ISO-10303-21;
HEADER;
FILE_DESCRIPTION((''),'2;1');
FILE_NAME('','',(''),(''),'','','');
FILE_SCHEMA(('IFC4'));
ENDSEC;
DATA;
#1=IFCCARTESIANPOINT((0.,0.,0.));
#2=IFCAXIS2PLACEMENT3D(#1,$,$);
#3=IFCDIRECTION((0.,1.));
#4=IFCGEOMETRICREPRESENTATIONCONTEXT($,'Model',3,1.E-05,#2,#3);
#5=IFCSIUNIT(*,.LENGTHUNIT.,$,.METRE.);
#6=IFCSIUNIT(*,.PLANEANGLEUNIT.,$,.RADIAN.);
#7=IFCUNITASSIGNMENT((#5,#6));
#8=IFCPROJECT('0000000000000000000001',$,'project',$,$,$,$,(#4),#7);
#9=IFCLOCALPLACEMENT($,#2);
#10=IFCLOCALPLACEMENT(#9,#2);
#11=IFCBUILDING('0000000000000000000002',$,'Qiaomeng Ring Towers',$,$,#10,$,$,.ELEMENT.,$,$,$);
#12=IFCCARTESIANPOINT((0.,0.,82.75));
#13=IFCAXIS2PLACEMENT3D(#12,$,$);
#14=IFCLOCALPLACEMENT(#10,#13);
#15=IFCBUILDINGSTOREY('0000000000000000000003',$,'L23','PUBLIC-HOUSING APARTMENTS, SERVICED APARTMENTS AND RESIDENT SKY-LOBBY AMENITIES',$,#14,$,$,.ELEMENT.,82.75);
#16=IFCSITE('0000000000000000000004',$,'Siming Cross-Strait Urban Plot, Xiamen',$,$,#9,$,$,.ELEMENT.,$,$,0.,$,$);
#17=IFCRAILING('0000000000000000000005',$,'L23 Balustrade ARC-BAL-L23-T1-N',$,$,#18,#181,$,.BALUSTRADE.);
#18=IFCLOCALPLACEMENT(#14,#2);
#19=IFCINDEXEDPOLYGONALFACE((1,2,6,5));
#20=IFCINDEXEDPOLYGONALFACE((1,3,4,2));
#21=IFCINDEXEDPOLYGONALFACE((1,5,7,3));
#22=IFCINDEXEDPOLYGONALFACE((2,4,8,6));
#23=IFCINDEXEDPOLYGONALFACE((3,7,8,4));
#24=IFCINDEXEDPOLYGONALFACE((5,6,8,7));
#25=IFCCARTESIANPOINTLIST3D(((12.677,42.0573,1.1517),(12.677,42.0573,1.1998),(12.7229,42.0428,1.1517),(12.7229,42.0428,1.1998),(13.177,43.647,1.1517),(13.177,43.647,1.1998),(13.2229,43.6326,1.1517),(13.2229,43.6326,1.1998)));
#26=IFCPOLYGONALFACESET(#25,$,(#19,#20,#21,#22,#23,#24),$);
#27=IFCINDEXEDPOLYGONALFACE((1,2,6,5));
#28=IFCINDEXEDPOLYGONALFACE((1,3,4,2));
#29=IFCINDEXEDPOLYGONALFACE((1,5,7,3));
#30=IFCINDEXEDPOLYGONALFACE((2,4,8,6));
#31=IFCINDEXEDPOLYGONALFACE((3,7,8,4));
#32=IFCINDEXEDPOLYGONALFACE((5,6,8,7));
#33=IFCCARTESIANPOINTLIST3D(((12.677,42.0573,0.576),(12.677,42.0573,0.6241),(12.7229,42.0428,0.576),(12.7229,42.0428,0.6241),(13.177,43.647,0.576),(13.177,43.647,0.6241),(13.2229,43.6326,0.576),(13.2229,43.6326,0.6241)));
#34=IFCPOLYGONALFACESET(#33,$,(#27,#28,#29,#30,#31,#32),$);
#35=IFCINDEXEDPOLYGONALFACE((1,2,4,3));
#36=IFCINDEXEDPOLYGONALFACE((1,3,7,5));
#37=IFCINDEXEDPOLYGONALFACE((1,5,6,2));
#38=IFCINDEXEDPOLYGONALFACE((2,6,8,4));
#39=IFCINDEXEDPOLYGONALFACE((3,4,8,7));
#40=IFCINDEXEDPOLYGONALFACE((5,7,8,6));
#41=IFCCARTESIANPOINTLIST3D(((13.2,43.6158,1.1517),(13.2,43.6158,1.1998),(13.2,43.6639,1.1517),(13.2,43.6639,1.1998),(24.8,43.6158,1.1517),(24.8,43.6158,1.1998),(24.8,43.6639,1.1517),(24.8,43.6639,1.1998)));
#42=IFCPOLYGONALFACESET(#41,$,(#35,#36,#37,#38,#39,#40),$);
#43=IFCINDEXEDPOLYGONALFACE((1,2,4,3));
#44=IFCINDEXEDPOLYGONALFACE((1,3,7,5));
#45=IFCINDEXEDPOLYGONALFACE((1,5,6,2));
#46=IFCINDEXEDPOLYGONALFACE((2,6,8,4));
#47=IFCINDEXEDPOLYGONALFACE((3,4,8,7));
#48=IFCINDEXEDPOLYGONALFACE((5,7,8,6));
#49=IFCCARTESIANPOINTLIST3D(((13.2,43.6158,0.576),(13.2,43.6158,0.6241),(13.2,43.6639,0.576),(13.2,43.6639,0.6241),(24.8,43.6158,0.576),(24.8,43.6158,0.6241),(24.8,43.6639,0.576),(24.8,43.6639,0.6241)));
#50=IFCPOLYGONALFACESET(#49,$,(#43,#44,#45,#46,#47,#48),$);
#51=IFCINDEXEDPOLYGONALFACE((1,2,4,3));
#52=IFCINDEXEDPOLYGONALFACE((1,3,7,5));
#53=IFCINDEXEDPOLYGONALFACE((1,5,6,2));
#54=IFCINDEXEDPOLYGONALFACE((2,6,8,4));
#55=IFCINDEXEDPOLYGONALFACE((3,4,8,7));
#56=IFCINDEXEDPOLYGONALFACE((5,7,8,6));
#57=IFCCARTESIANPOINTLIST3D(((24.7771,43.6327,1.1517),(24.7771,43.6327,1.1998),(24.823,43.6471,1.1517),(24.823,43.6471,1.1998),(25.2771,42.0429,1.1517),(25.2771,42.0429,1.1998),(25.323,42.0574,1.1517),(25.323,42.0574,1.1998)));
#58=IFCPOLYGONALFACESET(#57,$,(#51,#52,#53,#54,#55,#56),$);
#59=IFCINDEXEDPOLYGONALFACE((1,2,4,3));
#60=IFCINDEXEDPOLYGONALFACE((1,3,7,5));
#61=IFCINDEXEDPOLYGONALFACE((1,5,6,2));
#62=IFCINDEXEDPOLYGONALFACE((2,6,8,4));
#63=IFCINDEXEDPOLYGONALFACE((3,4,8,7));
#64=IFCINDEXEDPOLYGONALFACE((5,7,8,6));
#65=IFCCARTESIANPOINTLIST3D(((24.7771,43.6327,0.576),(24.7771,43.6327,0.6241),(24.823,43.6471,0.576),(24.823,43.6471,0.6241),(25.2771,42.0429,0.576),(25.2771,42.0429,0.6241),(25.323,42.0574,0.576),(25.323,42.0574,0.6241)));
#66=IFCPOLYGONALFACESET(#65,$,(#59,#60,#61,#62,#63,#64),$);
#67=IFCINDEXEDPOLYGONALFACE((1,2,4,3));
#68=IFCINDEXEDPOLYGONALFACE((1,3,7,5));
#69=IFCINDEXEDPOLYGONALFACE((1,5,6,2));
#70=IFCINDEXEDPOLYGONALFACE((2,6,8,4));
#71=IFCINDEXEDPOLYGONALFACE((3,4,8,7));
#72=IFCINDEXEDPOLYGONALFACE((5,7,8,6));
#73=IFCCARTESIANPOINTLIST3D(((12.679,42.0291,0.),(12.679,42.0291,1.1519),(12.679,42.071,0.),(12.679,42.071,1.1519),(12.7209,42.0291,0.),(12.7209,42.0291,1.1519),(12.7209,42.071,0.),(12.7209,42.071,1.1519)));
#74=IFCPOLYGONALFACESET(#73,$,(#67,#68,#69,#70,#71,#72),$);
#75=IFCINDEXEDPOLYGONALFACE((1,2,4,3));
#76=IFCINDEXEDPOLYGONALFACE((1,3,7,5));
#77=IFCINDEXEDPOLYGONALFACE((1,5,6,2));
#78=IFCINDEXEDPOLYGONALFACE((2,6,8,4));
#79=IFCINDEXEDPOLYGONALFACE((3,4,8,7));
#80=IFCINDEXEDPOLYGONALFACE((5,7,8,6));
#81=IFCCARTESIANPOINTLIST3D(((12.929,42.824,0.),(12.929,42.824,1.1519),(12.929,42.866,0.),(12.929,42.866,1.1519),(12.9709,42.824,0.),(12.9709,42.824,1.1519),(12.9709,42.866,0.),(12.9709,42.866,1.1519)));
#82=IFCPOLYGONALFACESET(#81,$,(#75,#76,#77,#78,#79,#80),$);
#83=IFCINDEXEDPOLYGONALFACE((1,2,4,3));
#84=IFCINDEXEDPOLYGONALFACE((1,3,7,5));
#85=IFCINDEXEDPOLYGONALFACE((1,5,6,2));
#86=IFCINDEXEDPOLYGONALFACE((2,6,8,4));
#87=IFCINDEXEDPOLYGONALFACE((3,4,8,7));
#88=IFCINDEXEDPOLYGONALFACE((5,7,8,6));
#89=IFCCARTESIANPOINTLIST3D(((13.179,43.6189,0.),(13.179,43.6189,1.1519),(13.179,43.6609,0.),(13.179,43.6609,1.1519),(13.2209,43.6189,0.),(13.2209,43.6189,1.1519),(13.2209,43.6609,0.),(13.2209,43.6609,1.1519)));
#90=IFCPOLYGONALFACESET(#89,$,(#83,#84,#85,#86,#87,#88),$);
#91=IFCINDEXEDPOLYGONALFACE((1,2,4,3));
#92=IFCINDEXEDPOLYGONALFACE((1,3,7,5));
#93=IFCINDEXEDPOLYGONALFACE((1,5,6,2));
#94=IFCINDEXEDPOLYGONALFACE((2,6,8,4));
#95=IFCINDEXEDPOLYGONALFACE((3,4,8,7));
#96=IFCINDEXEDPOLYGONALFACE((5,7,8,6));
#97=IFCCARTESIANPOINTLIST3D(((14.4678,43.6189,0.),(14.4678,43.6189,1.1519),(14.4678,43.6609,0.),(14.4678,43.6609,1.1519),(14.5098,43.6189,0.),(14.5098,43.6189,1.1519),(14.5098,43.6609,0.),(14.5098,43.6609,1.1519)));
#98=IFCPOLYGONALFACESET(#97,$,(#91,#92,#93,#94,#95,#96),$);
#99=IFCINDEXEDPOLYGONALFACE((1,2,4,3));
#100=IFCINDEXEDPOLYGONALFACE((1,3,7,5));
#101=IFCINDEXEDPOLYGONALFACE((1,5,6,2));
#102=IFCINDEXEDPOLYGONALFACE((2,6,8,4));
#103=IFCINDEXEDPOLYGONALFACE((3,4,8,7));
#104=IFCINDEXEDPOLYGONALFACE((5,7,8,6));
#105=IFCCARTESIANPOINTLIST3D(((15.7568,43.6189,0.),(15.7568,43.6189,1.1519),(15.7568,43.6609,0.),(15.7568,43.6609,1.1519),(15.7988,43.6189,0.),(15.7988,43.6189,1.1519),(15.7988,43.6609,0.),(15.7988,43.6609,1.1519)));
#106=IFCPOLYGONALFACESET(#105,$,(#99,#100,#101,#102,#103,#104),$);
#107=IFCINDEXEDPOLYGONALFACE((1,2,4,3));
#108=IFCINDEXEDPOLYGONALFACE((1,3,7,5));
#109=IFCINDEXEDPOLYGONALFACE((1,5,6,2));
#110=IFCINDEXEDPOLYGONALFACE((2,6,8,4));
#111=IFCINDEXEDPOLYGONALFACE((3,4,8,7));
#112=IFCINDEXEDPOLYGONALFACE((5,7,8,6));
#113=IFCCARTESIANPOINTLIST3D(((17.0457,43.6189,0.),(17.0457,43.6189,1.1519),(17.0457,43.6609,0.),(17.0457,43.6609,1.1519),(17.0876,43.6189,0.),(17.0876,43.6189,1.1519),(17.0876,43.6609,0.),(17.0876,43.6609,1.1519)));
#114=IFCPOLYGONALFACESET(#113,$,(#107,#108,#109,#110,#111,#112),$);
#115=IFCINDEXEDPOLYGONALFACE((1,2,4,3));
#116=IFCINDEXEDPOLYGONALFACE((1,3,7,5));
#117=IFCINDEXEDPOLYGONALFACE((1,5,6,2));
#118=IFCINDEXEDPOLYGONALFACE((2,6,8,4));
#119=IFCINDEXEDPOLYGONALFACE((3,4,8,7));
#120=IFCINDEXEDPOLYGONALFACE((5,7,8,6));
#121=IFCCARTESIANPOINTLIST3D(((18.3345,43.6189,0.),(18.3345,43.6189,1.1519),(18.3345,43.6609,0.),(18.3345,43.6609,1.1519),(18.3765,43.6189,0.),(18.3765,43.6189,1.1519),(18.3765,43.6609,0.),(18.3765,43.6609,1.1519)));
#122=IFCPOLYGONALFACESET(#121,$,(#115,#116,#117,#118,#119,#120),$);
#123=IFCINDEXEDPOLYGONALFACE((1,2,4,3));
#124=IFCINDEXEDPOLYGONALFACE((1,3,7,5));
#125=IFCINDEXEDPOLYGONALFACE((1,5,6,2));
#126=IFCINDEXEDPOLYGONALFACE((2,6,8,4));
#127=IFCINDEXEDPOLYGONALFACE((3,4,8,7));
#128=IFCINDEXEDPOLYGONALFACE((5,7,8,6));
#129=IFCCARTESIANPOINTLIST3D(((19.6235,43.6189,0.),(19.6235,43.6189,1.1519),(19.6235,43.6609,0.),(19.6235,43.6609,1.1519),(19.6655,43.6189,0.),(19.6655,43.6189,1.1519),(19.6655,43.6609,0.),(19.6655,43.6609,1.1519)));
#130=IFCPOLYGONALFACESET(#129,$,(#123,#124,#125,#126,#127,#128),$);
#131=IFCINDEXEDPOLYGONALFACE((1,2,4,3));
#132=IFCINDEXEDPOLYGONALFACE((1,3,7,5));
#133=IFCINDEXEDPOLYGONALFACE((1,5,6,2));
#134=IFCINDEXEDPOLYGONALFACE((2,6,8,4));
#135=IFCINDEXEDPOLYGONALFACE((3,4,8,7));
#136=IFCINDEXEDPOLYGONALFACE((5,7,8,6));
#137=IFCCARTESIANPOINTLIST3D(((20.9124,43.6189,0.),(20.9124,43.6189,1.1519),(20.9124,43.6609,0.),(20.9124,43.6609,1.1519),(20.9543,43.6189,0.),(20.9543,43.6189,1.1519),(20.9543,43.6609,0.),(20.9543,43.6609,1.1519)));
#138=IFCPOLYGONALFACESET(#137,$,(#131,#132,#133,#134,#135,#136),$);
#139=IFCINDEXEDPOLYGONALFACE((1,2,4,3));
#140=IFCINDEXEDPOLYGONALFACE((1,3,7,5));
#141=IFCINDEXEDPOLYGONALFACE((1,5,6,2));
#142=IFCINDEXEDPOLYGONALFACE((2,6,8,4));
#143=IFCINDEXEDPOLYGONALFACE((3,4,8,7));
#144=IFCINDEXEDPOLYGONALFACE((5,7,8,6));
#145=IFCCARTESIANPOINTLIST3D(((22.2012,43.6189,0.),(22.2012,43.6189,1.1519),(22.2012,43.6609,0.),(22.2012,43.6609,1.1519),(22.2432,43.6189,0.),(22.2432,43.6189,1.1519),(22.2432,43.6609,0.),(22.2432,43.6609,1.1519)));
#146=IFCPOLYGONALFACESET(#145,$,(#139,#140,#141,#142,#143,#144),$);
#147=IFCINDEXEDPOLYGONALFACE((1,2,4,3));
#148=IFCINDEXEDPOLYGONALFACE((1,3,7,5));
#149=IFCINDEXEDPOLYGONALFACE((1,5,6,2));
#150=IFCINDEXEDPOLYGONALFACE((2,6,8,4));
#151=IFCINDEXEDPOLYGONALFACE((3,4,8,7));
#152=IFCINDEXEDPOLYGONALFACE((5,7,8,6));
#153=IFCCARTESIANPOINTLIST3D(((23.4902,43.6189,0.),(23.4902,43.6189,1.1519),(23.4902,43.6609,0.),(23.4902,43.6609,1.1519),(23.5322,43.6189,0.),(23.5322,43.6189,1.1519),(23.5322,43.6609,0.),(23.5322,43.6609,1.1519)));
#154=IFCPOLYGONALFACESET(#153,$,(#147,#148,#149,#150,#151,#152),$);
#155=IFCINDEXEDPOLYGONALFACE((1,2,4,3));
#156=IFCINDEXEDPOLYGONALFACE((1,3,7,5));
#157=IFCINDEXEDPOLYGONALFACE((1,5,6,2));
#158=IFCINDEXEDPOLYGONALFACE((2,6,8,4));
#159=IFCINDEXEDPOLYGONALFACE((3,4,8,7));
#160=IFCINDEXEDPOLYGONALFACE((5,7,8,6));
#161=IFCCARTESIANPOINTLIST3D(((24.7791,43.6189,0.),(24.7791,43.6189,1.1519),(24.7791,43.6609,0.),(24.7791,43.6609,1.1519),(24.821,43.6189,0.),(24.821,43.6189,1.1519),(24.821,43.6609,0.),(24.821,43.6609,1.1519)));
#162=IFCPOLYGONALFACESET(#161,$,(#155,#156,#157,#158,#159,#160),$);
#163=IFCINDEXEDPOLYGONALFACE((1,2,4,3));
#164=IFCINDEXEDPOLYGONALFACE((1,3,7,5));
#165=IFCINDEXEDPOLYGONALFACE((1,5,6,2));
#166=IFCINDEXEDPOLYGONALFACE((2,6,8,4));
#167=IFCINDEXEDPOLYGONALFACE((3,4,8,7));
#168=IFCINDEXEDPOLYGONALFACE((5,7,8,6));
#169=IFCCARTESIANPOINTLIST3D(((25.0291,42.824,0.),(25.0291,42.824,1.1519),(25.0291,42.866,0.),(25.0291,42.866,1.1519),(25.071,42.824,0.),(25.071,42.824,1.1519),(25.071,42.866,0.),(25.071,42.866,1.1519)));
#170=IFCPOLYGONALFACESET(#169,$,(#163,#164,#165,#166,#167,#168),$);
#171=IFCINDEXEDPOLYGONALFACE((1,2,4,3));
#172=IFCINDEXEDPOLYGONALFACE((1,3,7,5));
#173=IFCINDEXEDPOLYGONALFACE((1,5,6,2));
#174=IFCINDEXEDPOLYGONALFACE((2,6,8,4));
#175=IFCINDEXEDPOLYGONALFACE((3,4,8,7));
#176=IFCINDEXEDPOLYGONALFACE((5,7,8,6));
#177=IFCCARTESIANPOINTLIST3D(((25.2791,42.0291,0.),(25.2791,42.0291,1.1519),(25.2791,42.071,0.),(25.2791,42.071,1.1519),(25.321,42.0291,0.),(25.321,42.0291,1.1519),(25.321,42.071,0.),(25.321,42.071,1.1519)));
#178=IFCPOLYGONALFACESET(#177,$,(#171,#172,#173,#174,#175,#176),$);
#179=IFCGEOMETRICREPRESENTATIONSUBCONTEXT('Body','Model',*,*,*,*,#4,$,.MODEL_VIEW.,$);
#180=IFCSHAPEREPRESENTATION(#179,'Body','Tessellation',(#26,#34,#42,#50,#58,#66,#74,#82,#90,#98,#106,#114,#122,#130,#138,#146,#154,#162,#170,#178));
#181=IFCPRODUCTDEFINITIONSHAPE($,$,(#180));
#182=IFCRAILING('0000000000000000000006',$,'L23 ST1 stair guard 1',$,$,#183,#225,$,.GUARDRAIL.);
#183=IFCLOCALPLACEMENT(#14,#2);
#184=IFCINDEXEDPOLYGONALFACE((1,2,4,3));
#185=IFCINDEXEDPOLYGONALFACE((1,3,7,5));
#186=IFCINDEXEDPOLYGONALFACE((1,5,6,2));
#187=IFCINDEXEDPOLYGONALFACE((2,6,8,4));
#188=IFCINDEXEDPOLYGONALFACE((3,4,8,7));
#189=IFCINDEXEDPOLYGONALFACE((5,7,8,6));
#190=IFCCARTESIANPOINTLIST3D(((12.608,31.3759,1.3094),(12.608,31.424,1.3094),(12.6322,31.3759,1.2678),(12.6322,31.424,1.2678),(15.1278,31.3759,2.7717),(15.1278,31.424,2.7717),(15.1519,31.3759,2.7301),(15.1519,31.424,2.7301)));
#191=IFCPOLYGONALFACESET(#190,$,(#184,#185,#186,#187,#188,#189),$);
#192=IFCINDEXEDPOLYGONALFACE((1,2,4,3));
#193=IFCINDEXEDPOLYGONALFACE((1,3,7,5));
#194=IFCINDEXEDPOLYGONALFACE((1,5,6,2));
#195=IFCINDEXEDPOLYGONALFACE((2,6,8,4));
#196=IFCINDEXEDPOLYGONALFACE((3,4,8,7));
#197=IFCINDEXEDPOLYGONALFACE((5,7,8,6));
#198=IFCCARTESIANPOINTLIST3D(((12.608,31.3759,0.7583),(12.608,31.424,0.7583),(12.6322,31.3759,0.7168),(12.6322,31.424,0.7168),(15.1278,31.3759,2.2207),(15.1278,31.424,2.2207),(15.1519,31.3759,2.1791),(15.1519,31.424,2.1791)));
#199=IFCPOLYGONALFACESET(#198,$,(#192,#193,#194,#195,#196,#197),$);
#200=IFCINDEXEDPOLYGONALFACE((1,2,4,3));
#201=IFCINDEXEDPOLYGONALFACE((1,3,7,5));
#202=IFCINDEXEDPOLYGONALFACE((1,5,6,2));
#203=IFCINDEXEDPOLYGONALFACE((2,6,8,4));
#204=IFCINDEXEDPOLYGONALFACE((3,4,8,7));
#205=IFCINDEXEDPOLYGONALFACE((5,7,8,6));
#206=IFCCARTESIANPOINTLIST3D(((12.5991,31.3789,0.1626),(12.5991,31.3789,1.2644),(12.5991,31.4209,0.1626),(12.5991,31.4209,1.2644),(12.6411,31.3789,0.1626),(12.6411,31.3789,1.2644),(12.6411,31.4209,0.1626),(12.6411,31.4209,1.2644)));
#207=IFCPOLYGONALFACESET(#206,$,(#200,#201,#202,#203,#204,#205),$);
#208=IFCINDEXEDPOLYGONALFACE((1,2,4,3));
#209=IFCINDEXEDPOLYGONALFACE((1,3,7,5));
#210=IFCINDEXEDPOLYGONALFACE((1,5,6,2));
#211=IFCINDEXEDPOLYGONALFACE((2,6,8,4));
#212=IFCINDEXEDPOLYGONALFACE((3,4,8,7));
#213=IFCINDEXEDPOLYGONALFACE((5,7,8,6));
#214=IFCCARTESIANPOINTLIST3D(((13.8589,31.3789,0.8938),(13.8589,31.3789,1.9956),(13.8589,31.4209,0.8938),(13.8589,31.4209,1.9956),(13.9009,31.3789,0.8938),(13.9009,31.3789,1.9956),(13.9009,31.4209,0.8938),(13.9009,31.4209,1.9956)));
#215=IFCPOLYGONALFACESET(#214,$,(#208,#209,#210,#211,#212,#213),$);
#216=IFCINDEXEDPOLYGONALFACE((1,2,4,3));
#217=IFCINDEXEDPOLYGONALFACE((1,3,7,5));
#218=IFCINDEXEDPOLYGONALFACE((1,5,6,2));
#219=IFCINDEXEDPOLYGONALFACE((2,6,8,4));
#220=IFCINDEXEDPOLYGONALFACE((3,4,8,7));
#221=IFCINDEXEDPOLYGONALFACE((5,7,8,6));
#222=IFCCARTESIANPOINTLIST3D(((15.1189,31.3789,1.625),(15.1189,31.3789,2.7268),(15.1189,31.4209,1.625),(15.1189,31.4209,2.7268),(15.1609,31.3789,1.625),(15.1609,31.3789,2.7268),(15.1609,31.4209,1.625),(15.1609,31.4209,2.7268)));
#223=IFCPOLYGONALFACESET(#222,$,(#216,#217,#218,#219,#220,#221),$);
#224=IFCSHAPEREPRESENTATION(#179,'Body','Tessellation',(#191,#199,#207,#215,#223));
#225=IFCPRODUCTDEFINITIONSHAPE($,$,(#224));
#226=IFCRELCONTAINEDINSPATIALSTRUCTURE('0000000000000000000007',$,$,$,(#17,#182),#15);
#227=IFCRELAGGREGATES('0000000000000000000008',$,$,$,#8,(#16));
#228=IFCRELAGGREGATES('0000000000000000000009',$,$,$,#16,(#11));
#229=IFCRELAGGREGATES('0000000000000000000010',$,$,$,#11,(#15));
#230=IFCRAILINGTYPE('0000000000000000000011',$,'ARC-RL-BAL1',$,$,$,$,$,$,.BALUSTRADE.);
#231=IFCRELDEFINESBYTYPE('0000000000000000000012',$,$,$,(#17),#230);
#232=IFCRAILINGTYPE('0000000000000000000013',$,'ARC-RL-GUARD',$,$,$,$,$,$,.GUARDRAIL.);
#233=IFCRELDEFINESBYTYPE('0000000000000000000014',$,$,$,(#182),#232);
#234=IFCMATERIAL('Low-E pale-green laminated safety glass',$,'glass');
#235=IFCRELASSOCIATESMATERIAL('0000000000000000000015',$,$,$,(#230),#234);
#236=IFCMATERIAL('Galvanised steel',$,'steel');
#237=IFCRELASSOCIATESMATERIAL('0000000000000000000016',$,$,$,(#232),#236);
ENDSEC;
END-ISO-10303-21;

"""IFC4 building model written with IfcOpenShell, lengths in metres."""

from ifc_helpers import new_model, si_unit, direction, frame, origin, origin_2d, place, context, subcontext, project, spatial, rectangle, extrude, material, type_object, element, save


model = new_model("IFC4")

# Units and contexts
model_context = context("Model", 3, precision=1e-05, world=origin(), true_north=direction((0.0, 1.0)))
body_context = subcontext(model_context, "Body", "Model", "MODEL_VIEW")
ifc_project = project(units=[si_unit("LENGTHUNIT", "METRE"), si_unit("PLANEANGLEUNIT", "RADIAN")], contexts=[model_context])

# Site, building, storey
site_placement = place(None, origin())
site = spatial("IfcSite", under=ifc_project, at=site_placement, Name="Siming Cross-Strait Urban Plot, Xiamen", CompositionType="ELEMENT", RefElevation=0.0)
building_placement = place(site_placement, origin())
building = spatial("IfcBuilding", under=site, at=building_placement, Name="Qiaomeng Ring Towers", CompositionType="ELEMENT")
storey_placement = place(building_placement, frame((0.0, 0.0, 82.75)))
storey = spatial("IfcBuildingStorey", under=building, at=storey_placement, Name="L23", Description="PUBLIC-HOUSING APARTMENTS, SERVICED APARTMENTS AND RESIDENT SKY-LOBBY AMENITIES", CompositionType="ELEMENT", Elevation=82.75)

# Shared definitions
ifc_material_1 = material(Name="Galvanised steel", Category="steel")

# Railings
ifc_material_2 = material(Name="Low-E pale-green laminated safety glass", Category="glass")
railing_type_1 = type_object("IfcRailingType", Name="ARC-RL-BAL1", PredefinedType="BALUSTRADE", material=ifc_material_2)
railing_1_placement = place(storey_placement, frame((12.7, 42.05, 0.0)))
element("IfcRailing", 1, at=railing_1_placement, inside=storey, type_object=railing_type_1, Name="L23 Balustrade ARC-BAL-L23-T1-N", PredefinedType="BALUSTRADE", context=body_context, shape_type="SweptSolid", body=[
    extrude(rectangle(XDim=0.0481, YDim=0.0481, at=origin_2d()), frame((0.0, 0.0, 1.1758), z_axis=(0.300009, 0.953936, 0.0), x_axis=(-0.953936, 0.300009, 0.0)), (0.0, 0.0, 1.0), 1.6665),
    extrude(rectangle(XDim=0.0481, YDim=0.0481, at=origin_2d()), frame((0.0, 0.0, 0.6001), z_axis=(0.300009, 0.953936, 0.0), x_axis=(-0.953936, 0.300009, 0.0)), (0.0, 0.0, 1.0), 1.6665),
    extrude(rectangle(XDim=0.0481, YDim=0.0481, at=origin_2d()), frame((0.5, 1.5898, 1.1758), z_axis=(1.0, 0.0, 0.0), x_axis=(0.0, 1.0, 0.0)), (0.0, 0.0, 1.0), 11.6001),
    extrude(rectangle(XDim=0.0481, YDim=0.0481, at=origin_2d()), frame((0.5, 1.5898, 0.6001), z_axis=(1.0, 0.0, 0.0), x_axis=(0.0, 1.0, 0.0)), (0.0, 0.0, 1.0), 11.6001),
    extrude(rectangle(XDim=0.0481, YDim=0.0481, at=origin_2d()), frame((12.1001, 1.5898, 1.1758), z_axis=(0.300009, -0.953936, 0.0), x_axis=(0.953936, 0.300009, 0.0)), (0.0, 0.0, 1.0), 1.6665),
    extrude(rectangle(XDim=0.0481, YDim=0.0481, at=origin_2d()), frame((12.1001, 1.5898, 0.6001), z_axis=(0.300009, -0.953936, 0.0), x_axis=(0.953936, 0.300009, 0.0)), (0.0, 0.0, 1.0), 1.6665),
    extrude(rectangle(XDim=0.042, YDim=0.042, at=origin_2d()), origin(), (0.0, 0.0, 1.0), 1.1519),
    extrude(rectangle(XDim=0.042, YDim=0.042, at=origin_2d()), frame((0.25, 0.7949, 0.0)), (0.0, 0.0, 1.0), 1.1519),
    extrude(rectangle(XDim=0.042, YDim=0.042, at=origin_2d()), frame((0.5, 1.5898, 0.0)), (0.0, 0.0, 1.0), 1.1519),
    extrude(rectangle(XDim=0.042, YDim=0.042, at=origin_2d()), frame((1.7888, 1.5898, 0.0)), (0.0, 0.0, 1.0), 1.1519),
    extrude(rectangle(XDim=0.042, YDim=0.042, at=origin_2d()), frame((3.0779, 1.5898, 0.0)), (0.0, 0.0, 1.0), 1.1519),
    extrude(rectangle(XDim=0.042, YDim=0.042, at=origin_2d()), frame((4.3667, 1.5898, 0.0)), (0.0, 0.0, 1.0), 1.1519),
    extrude(rectangle(XDim=0.042, YDim=0.042, at=origin_2d()), frame((5.6555, 1.5898, 0.0)), (0.0, 0.0, 1.0), 1.1519),
    extrude(rectangle(XDim=0.042, YDim=0.042, at=origin_2d()), frame((6.9446, 1.5898, 0.0)), (0.0, 0.0, 1.0), 1.1519),
    extrude(rectangle(XDim=0.042, YDim=0.042, at=origin_2d()), frame((8.2334, 1.5898, 0.0)), (0.0, 0.0, 1.0), 1.1519),
    extrude(rectangle(XDim=0.042, YDim=0.042, at=origin_2d()), frame((9.5222, 1.5898, 0.0)), (0.0, 0.0, 1.0), 1.1519),
    extrude(rectangle(XDim=0.042, YDim=0.042, at=origin_2d()), frame((10.8113, 1.5898, 0.0)), (0.0, 0.0, 1.0), 1.1519),
    extrude(rectangle(XDim=0.042, YDim=0.042, at=origin_2d()), frame((12.1001, 1.5898, 0.0)), (0.0, 0.0, 1.0), 1.1519),
    extrude(rectangle(XDim=0.042, YDim=0.042, at=origin_2d()), frame((12.3501, 0.7949, 0.0)), (0.0, 0.0, 1.0), 1.1519),
    extrude(rectangle(XDim=0.042, YDim=0.042, at=origin_2d()), frame((12.6001, 0.0, 0.0)), (0.0, 0.0, 1.0), 1.1519),
])
railing_type_2 = type_object("IfcRailingType", Name="ARC-RL-GUARD", PredefinedType="GUARDRAIL", material=ifc_material_1)
railing_2_placement = place(storey_placement, frame((12.6201, 31.3999, 0.1626)))
element("IfcRailing", 2, at=railing_2_placement, inside=storey, type_object=railing_type_2, Name="L23 ST1 stair guard 1", PredefinedType="GUARDRAIL", context=body_context, shape_type="SweptSolid", body=[
    extrude(rectangle(XDim=0.0481, YDim=0.0481, at=origin_2d()), frame((0.0, 0.0, 1.126), z_axis=(0.864892, 0.0, 0.501958), x_axis=(0.0, 1.0, 0.0)), (0.0, 0.0, 1.0), 2.9133),
    extrude(rectangle(XDim=0.0481, YDim=0.0481, at=origin_2d()), frame((0.0, 0.0, 0.575), z_axis=(0.864892, 0.0, 0.501958), x_axis=(0.0, 1.0, 0.0)), (0.0, 0.0, 1.0), 2.9133),
    extrude(rectangle(XDim=0.042, YDim=0.042, at=origin_2d()), origin(), (0.0, 0.0, 1.0), 1.1018),
    extrude(rectangle(XDim=0.042, YDim=0.042, at=origin_2d()), frame((1.2598, 0.0, 0.7312)), (0.0, 0.0, 1.0), 1.1018),
    extrude(rectangle(XDim=0.042, YDim=0.042, at=origin_2d()), frame((2.5198, 0.0, 1.4624)), (0.0, 0.0, 1.0), 1.1018),
])

save(model, "model.ifc")
